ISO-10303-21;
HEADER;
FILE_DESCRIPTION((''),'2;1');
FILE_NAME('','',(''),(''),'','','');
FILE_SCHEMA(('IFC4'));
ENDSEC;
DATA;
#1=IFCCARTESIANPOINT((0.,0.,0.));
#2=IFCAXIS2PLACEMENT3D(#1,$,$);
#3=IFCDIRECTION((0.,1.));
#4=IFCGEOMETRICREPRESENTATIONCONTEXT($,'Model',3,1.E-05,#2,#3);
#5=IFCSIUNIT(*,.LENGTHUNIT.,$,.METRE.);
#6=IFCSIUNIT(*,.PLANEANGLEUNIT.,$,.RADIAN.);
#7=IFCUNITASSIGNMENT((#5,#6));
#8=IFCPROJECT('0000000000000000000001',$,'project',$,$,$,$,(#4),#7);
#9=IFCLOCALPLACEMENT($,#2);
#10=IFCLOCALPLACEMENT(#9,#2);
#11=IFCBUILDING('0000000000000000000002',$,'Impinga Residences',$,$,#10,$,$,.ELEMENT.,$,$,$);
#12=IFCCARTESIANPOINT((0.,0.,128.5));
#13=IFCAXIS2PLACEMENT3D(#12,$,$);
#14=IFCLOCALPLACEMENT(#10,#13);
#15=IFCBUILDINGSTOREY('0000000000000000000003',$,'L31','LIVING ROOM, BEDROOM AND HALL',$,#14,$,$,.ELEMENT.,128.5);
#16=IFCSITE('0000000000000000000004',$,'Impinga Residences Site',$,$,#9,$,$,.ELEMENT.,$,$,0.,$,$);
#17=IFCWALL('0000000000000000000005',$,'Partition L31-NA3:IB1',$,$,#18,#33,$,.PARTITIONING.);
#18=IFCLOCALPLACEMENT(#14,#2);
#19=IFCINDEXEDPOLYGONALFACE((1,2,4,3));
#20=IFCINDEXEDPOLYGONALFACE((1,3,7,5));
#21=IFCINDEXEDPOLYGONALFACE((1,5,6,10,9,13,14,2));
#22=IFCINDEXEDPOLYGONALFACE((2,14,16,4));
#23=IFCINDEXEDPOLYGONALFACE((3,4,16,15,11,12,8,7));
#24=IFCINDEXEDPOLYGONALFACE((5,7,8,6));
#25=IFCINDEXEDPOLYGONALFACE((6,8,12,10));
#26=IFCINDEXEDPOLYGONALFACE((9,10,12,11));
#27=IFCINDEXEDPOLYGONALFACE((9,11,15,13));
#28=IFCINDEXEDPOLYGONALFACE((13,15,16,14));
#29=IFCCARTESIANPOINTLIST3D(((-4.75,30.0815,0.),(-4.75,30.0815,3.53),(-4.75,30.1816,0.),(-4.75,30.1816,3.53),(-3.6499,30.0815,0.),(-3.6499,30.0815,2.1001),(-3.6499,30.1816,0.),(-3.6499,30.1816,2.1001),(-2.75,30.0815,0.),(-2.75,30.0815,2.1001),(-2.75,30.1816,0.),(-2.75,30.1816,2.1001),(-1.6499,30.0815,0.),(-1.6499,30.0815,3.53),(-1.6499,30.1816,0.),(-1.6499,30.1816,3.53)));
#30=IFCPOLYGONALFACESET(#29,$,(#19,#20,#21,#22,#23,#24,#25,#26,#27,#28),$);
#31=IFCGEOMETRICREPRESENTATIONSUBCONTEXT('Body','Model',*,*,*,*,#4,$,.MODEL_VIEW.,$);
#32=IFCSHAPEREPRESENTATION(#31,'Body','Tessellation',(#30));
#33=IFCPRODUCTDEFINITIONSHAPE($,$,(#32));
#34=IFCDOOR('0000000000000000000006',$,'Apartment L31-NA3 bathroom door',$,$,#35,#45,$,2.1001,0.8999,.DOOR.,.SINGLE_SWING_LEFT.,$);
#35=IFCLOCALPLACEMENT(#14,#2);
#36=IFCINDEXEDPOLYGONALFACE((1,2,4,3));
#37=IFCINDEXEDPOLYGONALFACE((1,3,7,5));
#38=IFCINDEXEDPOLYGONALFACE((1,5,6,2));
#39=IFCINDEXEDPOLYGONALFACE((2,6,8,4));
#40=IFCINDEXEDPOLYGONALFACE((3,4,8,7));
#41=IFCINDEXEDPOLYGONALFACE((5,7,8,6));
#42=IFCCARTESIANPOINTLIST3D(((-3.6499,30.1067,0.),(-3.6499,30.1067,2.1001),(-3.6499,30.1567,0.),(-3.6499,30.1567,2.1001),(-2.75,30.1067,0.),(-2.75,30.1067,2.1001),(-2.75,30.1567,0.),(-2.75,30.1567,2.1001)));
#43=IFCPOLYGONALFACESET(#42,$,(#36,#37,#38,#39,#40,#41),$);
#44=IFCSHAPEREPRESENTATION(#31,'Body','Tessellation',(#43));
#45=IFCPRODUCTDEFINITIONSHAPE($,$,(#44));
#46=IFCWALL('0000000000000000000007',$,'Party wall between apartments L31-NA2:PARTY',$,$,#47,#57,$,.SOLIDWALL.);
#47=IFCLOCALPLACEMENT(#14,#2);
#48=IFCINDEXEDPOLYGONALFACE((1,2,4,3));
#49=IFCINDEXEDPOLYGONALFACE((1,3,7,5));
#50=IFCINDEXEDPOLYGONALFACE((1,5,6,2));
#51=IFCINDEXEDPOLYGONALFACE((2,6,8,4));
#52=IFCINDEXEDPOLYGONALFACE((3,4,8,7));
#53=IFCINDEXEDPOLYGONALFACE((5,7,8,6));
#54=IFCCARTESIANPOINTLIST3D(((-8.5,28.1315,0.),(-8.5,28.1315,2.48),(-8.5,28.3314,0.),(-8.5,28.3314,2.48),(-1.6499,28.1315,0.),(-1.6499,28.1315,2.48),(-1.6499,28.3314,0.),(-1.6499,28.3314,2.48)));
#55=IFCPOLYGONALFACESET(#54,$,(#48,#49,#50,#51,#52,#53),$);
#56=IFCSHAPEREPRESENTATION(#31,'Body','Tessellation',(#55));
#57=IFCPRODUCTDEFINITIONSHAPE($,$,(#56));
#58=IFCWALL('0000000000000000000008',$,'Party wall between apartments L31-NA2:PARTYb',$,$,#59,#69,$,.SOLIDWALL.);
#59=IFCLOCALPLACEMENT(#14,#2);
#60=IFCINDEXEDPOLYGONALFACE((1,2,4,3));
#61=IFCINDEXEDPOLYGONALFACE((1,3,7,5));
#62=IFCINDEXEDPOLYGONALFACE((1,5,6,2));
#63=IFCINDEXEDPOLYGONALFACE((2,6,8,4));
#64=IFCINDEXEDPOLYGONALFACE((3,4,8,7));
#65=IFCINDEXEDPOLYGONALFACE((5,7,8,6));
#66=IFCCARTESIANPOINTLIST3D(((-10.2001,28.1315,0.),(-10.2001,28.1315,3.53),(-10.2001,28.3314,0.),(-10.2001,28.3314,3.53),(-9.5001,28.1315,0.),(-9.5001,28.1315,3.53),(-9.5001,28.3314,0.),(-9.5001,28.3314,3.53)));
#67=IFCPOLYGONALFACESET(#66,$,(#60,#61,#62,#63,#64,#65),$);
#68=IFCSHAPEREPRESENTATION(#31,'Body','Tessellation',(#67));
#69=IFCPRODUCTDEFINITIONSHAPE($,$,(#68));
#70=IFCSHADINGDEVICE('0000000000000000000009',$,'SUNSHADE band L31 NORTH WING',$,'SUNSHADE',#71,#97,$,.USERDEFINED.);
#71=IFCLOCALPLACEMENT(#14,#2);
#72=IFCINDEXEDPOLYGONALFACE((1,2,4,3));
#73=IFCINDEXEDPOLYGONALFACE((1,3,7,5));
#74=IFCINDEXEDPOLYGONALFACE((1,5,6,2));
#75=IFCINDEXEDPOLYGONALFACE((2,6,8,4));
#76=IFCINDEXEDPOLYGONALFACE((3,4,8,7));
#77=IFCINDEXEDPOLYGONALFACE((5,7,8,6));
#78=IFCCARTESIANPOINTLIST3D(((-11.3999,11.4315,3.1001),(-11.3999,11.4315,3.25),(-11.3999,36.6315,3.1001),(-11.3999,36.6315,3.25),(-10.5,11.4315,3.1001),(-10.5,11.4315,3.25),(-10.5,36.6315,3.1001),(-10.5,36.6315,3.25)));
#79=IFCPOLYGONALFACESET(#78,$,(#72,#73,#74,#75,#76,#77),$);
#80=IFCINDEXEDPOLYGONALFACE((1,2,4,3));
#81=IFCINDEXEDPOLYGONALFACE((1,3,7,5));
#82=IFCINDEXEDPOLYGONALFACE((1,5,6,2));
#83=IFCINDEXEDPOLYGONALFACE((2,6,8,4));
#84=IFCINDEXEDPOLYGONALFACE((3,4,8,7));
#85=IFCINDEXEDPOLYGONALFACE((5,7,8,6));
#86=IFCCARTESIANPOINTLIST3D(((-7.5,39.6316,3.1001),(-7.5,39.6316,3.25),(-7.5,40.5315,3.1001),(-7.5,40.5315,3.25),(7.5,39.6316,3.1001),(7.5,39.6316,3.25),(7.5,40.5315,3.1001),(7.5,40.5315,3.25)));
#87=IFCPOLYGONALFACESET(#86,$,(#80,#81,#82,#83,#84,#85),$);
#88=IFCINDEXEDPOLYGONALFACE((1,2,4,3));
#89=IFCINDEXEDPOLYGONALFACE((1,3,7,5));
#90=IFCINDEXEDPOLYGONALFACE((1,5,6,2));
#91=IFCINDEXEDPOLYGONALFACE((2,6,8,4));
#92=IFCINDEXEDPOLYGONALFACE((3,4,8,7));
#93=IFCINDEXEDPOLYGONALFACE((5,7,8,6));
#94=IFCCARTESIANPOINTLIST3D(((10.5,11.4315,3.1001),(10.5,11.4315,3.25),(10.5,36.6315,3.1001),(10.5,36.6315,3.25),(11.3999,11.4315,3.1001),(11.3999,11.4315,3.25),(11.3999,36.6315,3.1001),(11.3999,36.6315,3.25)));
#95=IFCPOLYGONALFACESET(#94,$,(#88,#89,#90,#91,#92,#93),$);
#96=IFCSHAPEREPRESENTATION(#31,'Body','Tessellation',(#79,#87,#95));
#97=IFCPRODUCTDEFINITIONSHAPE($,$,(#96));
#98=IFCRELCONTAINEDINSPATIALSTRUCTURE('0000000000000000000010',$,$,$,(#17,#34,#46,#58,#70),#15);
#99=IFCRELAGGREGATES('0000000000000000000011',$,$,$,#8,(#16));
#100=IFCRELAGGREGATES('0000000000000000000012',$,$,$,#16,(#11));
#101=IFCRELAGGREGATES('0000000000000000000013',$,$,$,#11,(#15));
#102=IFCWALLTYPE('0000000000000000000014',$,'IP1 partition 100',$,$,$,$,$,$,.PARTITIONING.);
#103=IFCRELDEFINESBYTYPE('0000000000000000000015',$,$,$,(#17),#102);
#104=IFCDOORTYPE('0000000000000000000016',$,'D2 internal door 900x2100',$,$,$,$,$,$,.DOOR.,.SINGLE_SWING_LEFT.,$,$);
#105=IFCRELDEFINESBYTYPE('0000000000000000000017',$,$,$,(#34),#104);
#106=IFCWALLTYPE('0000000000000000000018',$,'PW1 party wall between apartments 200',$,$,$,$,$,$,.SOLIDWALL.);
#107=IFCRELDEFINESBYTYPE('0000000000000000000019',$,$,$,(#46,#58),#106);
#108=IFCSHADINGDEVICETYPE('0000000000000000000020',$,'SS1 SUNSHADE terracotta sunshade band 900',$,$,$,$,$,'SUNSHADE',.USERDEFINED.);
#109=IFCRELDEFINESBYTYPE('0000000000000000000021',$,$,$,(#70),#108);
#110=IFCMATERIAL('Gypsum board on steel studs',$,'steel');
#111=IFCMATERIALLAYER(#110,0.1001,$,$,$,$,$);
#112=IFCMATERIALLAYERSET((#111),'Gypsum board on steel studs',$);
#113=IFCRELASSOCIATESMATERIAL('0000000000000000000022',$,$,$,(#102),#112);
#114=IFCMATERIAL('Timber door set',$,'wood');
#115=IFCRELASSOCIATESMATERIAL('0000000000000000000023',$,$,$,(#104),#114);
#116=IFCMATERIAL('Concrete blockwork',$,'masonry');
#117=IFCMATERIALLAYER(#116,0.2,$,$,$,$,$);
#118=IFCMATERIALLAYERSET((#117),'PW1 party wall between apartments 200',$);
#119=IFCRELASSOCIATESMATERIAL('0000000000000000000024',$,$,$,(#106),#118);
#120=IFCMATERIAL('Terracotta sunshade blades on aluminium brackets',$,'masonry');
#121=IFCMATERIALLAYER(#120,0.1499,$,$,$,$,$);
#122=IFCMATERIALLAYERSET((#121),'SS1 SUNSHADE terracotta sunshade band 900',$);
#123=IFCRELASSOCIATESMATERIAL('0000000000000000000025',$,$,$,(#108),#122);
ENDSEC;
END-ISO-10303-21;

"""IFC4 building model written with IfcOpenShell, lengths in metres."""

from ifc_helpers import new_model, si_unit, direction, frame, frame_2d, origin, origin_2d, place, context, subcontext, project, spatial, rectangle, extrude, material, layer, layer_set, type_object, element, fill, save


model = new_model("IFC4")

# Units and contexts
model_context = context("Model", 3, precision=1e-05, world=origin(), true_north=direction((0.0, 1.0)))
body_context = subcontext(model_context, "Body", "Model", "MODEL_VIEW")
ifc_project = project(units=[si_unit("LENGTHUNIT", "METRE"), si_unit("PLANEANGLEUNIT", "RADIAN")], contexts=[model_context])

# Site, building, storey
site_placement = place(None, origin())
site = spatial("IfcSite", under=ifc_project, at=site_placement, Name="Impinga Residences Site", CompositionType="ELEMENT", RefElevation=0.0)
building_placement = place(site_placement, origin())
building = spatial("IfcBuilding", under=site, at=building_placement, Name="Impinga Residences", CompositionType="ELEMENT")
storey_placement = place(building_placement, frame((0.0, 0.0, 128.5)))
storey = spatial("IfcBuildingStorey", under=building, at=storey_placement, Name="L31", Description="LIVING ROOM, BEDROOM AND HALL", CompositionType="ELEMENT", Elevation=128.5)

# Shared definitions
ifc_material_1 = material(Name="Concrete blockwork", Category="masonry")
ifc_material_2 = material(Name="Timber door set", Category="wood")

# Shared definitions
ifc_material_3 = material(Name="Gypsum board on steel studs", Category="steel")
ifc_layer_1 = layer(ifc_material_3, 0.1001)
ifc_layer_set_1 = layer_set([ifc_layer_1], Name="Gypsum board on steel studs")
wall_type_1 = type_object("IfcWallType", Name="IP1 partition 100", PredefinedType="PARTITIONING", material=ifc_layer_set_1)

# Shared definitions
door_type_1 = type_object("IfcDoorType", Name="D2 internal door 900x2100", OperationType="SINGLE_SWING_LEFT", PredefinedType="DOOR", material=ifc_material_2)

# Wall, opening, door
wall_1_placement = place(storey_placement, frame((-1.6499, 30.1316, 0.0), z_axis=(0.0, 0.0, 1.0), x_axis=(-1.0, 0.0, 0.0)))
wall_1 = element("IfcWall", 1, at=wall_1_placement, inside=storey, type_object=wall_type_1, Name="Partition L31-NA3:IB1", PredefinedType="PARTITIONING", context=body_context, shape_type="SweptSolid", body=[
    extrude(rectangle(XDim=3.1001, YDim=0.1001, at=frame_2d((1.55, 0.0))), origin(), (0.0, 0.0, 1.0), 3.53),
])
opening_1_placement = place(wall_1_placement, frame((1.1001, 0.0, 0.0)))
opening_1 = element("IfcOpeningElement", 2, at=opening_1_placement, cuts=wall_1, PredefinedType="OPENING", context=body_context, shape_type="SweptSolid", body=[
    extrude(rectangle(XDim=0.8999, YDim=2.1001, at=frame_2d((0.45, 1.05))), frame((0.0, 0.0601, 0.0), z_axis=(0.0, -1.0, 0.0), x_axis=(1.0, 0.0, 0.0)), (0.0, 0.0, 1.0), 0.1201),
])
door_1_placement = place(opening_1_placement, origin())
door_1 = element("IfcDoor", 3, at=door_1_placement, inside=storey, type_object=door_type_1, Name="Apartment L31-NA3 bathroom door", OperationType="SINGLE_SWING_LEFT", OverallHeight=2.1001, OverallWidth=0.8999, PredefinedType="DOOR", context=body_context, shape_type="SweptSolid", body=[
    extrude(rectangle(XDim=0.8999, YDim=2.1001, at=frame_2d((0.45, 1.05))), frame((0.0, 0.0249, 0.0), z_axis=(0.0, -1.0, 0.0), x_axis=(1.0, 0.0, 0.0)), (0.0, 0.0, 1.0), 0.05),
])
fill(opening_1, door_1)

# Walls
ifc_layer_2 = layer(ifc_material_1, 0.2)
ifc_layer_set_2 = layer_set([ifc_layer_2], Name="PW1 party wall between apartments 200")
wall_type_2 = type_object("IfcWallType", Name="PW1 party wall between apartments 200", PredefinedType="SOLIDWALL", material=ifc_layer_set_2)
wall_2_placement = place(storey_placement, frame((-1.6499, 28.2314, 0.0), z_axis=(0.0, 0.0, 1.0), x_axis=(-1.0, 0.0, 0.0)))
element("IfcWall", 4, at=wall_2_placement, inside=storey, type_object=wall_type_2, Name="Party wall between apartments L31-NA2:PARTY", PredefinedType="SOLIDWALL", context=body_context, shape_type="SweptSolid", body=[
    extrude(rectangle(XDim=6.8501, YDim=0.2, at=frame_2d((3.425, 0.0))), origin(), (0.0, 0.0, 1.0), 2.48),
])
wall_3_placement = place(storey_placement, frame((-9.5, 28.2314, 0.0), z_axis=(0.0, 0.0, 1.0), x_axis=(-1.0, 0.0, 0.0)))
element("IfcWall", 5, at=wall_3_placement, inside=storey, type_object=wall_type_2, Name="Party wall between apartments L31-NA2:PARTYb", PredefinedType="SOLIDWALL", context=body_context, shape_type="SweptSolid", body=[
    extrude(rectangle(XDim=0.7, YDim=0.2, at=frame_2d((0.3501, 0.0))), origin(), (0.0, 0.0, 1.0), 3.53),
])

# Shading device
ifc_material_4 = material(Name="Terracotta sunshade blades on aluminium brackets", Category="masonry")
ifc_layer_3 = layer(ifc_material_4, 0.1499)
ifc_layer_set_3 = layer_set([ifc_layer_3], Name="SS1 SUNSHADE terracotta sunshade band 900")
shading_device_type = type_object("IfcShadingDeviceType", Name="SS1 SUNSHADE terracotta sunshade band 900", ElementType="SUNSHADE", PredefinedType="USERDEFINED", material=ifc_layer_set_3)
shading_device_placement = place(storey_placement, frame((-10.95, 24.0315, 3.1001), z_axis=(0.0, 0.0, 1.0), x_axis=(0.0, 1.0, 0.0)))
element("IfcShadingDevice", 6, at=shading_device_placement, inside=storey, type_object=shading_device_type, Name="SUNSHADE band L31 NORTH WING", ObjectType="SUNSHADE", PredefinedType="USERDEFINED", context=body_context, shape_type="SweptSolid", body=[
    extrude(rectangle(XDim=25.2, YDim=0.8999, at=origin_2d()), origin(), (0.0, 0.0, 1.0), 0.1499),
    extrude(rectangle(XDim=15.0, YDim=0.8999, at=origin_2d()), frame((16.05, -10.95, 0.0), z_axis=(0.0, 0.0, 1.0), x_axis=(0.0, -1.0, 0.0)), (0.0, 0.0, 1.0), 0.1499),
    extrude(rectangle(XDim=25.2, YDim=0.8999, at=origin_2d()), frame((0.0, -21.8999, 0.0), z_axis=(0.0, 0.0, 1.0), x_axis=(-1.0, 0.0, 0.0)), (0.0, 0.0, 1.0), 0.1499),
])

save(model, "model.ifc")
